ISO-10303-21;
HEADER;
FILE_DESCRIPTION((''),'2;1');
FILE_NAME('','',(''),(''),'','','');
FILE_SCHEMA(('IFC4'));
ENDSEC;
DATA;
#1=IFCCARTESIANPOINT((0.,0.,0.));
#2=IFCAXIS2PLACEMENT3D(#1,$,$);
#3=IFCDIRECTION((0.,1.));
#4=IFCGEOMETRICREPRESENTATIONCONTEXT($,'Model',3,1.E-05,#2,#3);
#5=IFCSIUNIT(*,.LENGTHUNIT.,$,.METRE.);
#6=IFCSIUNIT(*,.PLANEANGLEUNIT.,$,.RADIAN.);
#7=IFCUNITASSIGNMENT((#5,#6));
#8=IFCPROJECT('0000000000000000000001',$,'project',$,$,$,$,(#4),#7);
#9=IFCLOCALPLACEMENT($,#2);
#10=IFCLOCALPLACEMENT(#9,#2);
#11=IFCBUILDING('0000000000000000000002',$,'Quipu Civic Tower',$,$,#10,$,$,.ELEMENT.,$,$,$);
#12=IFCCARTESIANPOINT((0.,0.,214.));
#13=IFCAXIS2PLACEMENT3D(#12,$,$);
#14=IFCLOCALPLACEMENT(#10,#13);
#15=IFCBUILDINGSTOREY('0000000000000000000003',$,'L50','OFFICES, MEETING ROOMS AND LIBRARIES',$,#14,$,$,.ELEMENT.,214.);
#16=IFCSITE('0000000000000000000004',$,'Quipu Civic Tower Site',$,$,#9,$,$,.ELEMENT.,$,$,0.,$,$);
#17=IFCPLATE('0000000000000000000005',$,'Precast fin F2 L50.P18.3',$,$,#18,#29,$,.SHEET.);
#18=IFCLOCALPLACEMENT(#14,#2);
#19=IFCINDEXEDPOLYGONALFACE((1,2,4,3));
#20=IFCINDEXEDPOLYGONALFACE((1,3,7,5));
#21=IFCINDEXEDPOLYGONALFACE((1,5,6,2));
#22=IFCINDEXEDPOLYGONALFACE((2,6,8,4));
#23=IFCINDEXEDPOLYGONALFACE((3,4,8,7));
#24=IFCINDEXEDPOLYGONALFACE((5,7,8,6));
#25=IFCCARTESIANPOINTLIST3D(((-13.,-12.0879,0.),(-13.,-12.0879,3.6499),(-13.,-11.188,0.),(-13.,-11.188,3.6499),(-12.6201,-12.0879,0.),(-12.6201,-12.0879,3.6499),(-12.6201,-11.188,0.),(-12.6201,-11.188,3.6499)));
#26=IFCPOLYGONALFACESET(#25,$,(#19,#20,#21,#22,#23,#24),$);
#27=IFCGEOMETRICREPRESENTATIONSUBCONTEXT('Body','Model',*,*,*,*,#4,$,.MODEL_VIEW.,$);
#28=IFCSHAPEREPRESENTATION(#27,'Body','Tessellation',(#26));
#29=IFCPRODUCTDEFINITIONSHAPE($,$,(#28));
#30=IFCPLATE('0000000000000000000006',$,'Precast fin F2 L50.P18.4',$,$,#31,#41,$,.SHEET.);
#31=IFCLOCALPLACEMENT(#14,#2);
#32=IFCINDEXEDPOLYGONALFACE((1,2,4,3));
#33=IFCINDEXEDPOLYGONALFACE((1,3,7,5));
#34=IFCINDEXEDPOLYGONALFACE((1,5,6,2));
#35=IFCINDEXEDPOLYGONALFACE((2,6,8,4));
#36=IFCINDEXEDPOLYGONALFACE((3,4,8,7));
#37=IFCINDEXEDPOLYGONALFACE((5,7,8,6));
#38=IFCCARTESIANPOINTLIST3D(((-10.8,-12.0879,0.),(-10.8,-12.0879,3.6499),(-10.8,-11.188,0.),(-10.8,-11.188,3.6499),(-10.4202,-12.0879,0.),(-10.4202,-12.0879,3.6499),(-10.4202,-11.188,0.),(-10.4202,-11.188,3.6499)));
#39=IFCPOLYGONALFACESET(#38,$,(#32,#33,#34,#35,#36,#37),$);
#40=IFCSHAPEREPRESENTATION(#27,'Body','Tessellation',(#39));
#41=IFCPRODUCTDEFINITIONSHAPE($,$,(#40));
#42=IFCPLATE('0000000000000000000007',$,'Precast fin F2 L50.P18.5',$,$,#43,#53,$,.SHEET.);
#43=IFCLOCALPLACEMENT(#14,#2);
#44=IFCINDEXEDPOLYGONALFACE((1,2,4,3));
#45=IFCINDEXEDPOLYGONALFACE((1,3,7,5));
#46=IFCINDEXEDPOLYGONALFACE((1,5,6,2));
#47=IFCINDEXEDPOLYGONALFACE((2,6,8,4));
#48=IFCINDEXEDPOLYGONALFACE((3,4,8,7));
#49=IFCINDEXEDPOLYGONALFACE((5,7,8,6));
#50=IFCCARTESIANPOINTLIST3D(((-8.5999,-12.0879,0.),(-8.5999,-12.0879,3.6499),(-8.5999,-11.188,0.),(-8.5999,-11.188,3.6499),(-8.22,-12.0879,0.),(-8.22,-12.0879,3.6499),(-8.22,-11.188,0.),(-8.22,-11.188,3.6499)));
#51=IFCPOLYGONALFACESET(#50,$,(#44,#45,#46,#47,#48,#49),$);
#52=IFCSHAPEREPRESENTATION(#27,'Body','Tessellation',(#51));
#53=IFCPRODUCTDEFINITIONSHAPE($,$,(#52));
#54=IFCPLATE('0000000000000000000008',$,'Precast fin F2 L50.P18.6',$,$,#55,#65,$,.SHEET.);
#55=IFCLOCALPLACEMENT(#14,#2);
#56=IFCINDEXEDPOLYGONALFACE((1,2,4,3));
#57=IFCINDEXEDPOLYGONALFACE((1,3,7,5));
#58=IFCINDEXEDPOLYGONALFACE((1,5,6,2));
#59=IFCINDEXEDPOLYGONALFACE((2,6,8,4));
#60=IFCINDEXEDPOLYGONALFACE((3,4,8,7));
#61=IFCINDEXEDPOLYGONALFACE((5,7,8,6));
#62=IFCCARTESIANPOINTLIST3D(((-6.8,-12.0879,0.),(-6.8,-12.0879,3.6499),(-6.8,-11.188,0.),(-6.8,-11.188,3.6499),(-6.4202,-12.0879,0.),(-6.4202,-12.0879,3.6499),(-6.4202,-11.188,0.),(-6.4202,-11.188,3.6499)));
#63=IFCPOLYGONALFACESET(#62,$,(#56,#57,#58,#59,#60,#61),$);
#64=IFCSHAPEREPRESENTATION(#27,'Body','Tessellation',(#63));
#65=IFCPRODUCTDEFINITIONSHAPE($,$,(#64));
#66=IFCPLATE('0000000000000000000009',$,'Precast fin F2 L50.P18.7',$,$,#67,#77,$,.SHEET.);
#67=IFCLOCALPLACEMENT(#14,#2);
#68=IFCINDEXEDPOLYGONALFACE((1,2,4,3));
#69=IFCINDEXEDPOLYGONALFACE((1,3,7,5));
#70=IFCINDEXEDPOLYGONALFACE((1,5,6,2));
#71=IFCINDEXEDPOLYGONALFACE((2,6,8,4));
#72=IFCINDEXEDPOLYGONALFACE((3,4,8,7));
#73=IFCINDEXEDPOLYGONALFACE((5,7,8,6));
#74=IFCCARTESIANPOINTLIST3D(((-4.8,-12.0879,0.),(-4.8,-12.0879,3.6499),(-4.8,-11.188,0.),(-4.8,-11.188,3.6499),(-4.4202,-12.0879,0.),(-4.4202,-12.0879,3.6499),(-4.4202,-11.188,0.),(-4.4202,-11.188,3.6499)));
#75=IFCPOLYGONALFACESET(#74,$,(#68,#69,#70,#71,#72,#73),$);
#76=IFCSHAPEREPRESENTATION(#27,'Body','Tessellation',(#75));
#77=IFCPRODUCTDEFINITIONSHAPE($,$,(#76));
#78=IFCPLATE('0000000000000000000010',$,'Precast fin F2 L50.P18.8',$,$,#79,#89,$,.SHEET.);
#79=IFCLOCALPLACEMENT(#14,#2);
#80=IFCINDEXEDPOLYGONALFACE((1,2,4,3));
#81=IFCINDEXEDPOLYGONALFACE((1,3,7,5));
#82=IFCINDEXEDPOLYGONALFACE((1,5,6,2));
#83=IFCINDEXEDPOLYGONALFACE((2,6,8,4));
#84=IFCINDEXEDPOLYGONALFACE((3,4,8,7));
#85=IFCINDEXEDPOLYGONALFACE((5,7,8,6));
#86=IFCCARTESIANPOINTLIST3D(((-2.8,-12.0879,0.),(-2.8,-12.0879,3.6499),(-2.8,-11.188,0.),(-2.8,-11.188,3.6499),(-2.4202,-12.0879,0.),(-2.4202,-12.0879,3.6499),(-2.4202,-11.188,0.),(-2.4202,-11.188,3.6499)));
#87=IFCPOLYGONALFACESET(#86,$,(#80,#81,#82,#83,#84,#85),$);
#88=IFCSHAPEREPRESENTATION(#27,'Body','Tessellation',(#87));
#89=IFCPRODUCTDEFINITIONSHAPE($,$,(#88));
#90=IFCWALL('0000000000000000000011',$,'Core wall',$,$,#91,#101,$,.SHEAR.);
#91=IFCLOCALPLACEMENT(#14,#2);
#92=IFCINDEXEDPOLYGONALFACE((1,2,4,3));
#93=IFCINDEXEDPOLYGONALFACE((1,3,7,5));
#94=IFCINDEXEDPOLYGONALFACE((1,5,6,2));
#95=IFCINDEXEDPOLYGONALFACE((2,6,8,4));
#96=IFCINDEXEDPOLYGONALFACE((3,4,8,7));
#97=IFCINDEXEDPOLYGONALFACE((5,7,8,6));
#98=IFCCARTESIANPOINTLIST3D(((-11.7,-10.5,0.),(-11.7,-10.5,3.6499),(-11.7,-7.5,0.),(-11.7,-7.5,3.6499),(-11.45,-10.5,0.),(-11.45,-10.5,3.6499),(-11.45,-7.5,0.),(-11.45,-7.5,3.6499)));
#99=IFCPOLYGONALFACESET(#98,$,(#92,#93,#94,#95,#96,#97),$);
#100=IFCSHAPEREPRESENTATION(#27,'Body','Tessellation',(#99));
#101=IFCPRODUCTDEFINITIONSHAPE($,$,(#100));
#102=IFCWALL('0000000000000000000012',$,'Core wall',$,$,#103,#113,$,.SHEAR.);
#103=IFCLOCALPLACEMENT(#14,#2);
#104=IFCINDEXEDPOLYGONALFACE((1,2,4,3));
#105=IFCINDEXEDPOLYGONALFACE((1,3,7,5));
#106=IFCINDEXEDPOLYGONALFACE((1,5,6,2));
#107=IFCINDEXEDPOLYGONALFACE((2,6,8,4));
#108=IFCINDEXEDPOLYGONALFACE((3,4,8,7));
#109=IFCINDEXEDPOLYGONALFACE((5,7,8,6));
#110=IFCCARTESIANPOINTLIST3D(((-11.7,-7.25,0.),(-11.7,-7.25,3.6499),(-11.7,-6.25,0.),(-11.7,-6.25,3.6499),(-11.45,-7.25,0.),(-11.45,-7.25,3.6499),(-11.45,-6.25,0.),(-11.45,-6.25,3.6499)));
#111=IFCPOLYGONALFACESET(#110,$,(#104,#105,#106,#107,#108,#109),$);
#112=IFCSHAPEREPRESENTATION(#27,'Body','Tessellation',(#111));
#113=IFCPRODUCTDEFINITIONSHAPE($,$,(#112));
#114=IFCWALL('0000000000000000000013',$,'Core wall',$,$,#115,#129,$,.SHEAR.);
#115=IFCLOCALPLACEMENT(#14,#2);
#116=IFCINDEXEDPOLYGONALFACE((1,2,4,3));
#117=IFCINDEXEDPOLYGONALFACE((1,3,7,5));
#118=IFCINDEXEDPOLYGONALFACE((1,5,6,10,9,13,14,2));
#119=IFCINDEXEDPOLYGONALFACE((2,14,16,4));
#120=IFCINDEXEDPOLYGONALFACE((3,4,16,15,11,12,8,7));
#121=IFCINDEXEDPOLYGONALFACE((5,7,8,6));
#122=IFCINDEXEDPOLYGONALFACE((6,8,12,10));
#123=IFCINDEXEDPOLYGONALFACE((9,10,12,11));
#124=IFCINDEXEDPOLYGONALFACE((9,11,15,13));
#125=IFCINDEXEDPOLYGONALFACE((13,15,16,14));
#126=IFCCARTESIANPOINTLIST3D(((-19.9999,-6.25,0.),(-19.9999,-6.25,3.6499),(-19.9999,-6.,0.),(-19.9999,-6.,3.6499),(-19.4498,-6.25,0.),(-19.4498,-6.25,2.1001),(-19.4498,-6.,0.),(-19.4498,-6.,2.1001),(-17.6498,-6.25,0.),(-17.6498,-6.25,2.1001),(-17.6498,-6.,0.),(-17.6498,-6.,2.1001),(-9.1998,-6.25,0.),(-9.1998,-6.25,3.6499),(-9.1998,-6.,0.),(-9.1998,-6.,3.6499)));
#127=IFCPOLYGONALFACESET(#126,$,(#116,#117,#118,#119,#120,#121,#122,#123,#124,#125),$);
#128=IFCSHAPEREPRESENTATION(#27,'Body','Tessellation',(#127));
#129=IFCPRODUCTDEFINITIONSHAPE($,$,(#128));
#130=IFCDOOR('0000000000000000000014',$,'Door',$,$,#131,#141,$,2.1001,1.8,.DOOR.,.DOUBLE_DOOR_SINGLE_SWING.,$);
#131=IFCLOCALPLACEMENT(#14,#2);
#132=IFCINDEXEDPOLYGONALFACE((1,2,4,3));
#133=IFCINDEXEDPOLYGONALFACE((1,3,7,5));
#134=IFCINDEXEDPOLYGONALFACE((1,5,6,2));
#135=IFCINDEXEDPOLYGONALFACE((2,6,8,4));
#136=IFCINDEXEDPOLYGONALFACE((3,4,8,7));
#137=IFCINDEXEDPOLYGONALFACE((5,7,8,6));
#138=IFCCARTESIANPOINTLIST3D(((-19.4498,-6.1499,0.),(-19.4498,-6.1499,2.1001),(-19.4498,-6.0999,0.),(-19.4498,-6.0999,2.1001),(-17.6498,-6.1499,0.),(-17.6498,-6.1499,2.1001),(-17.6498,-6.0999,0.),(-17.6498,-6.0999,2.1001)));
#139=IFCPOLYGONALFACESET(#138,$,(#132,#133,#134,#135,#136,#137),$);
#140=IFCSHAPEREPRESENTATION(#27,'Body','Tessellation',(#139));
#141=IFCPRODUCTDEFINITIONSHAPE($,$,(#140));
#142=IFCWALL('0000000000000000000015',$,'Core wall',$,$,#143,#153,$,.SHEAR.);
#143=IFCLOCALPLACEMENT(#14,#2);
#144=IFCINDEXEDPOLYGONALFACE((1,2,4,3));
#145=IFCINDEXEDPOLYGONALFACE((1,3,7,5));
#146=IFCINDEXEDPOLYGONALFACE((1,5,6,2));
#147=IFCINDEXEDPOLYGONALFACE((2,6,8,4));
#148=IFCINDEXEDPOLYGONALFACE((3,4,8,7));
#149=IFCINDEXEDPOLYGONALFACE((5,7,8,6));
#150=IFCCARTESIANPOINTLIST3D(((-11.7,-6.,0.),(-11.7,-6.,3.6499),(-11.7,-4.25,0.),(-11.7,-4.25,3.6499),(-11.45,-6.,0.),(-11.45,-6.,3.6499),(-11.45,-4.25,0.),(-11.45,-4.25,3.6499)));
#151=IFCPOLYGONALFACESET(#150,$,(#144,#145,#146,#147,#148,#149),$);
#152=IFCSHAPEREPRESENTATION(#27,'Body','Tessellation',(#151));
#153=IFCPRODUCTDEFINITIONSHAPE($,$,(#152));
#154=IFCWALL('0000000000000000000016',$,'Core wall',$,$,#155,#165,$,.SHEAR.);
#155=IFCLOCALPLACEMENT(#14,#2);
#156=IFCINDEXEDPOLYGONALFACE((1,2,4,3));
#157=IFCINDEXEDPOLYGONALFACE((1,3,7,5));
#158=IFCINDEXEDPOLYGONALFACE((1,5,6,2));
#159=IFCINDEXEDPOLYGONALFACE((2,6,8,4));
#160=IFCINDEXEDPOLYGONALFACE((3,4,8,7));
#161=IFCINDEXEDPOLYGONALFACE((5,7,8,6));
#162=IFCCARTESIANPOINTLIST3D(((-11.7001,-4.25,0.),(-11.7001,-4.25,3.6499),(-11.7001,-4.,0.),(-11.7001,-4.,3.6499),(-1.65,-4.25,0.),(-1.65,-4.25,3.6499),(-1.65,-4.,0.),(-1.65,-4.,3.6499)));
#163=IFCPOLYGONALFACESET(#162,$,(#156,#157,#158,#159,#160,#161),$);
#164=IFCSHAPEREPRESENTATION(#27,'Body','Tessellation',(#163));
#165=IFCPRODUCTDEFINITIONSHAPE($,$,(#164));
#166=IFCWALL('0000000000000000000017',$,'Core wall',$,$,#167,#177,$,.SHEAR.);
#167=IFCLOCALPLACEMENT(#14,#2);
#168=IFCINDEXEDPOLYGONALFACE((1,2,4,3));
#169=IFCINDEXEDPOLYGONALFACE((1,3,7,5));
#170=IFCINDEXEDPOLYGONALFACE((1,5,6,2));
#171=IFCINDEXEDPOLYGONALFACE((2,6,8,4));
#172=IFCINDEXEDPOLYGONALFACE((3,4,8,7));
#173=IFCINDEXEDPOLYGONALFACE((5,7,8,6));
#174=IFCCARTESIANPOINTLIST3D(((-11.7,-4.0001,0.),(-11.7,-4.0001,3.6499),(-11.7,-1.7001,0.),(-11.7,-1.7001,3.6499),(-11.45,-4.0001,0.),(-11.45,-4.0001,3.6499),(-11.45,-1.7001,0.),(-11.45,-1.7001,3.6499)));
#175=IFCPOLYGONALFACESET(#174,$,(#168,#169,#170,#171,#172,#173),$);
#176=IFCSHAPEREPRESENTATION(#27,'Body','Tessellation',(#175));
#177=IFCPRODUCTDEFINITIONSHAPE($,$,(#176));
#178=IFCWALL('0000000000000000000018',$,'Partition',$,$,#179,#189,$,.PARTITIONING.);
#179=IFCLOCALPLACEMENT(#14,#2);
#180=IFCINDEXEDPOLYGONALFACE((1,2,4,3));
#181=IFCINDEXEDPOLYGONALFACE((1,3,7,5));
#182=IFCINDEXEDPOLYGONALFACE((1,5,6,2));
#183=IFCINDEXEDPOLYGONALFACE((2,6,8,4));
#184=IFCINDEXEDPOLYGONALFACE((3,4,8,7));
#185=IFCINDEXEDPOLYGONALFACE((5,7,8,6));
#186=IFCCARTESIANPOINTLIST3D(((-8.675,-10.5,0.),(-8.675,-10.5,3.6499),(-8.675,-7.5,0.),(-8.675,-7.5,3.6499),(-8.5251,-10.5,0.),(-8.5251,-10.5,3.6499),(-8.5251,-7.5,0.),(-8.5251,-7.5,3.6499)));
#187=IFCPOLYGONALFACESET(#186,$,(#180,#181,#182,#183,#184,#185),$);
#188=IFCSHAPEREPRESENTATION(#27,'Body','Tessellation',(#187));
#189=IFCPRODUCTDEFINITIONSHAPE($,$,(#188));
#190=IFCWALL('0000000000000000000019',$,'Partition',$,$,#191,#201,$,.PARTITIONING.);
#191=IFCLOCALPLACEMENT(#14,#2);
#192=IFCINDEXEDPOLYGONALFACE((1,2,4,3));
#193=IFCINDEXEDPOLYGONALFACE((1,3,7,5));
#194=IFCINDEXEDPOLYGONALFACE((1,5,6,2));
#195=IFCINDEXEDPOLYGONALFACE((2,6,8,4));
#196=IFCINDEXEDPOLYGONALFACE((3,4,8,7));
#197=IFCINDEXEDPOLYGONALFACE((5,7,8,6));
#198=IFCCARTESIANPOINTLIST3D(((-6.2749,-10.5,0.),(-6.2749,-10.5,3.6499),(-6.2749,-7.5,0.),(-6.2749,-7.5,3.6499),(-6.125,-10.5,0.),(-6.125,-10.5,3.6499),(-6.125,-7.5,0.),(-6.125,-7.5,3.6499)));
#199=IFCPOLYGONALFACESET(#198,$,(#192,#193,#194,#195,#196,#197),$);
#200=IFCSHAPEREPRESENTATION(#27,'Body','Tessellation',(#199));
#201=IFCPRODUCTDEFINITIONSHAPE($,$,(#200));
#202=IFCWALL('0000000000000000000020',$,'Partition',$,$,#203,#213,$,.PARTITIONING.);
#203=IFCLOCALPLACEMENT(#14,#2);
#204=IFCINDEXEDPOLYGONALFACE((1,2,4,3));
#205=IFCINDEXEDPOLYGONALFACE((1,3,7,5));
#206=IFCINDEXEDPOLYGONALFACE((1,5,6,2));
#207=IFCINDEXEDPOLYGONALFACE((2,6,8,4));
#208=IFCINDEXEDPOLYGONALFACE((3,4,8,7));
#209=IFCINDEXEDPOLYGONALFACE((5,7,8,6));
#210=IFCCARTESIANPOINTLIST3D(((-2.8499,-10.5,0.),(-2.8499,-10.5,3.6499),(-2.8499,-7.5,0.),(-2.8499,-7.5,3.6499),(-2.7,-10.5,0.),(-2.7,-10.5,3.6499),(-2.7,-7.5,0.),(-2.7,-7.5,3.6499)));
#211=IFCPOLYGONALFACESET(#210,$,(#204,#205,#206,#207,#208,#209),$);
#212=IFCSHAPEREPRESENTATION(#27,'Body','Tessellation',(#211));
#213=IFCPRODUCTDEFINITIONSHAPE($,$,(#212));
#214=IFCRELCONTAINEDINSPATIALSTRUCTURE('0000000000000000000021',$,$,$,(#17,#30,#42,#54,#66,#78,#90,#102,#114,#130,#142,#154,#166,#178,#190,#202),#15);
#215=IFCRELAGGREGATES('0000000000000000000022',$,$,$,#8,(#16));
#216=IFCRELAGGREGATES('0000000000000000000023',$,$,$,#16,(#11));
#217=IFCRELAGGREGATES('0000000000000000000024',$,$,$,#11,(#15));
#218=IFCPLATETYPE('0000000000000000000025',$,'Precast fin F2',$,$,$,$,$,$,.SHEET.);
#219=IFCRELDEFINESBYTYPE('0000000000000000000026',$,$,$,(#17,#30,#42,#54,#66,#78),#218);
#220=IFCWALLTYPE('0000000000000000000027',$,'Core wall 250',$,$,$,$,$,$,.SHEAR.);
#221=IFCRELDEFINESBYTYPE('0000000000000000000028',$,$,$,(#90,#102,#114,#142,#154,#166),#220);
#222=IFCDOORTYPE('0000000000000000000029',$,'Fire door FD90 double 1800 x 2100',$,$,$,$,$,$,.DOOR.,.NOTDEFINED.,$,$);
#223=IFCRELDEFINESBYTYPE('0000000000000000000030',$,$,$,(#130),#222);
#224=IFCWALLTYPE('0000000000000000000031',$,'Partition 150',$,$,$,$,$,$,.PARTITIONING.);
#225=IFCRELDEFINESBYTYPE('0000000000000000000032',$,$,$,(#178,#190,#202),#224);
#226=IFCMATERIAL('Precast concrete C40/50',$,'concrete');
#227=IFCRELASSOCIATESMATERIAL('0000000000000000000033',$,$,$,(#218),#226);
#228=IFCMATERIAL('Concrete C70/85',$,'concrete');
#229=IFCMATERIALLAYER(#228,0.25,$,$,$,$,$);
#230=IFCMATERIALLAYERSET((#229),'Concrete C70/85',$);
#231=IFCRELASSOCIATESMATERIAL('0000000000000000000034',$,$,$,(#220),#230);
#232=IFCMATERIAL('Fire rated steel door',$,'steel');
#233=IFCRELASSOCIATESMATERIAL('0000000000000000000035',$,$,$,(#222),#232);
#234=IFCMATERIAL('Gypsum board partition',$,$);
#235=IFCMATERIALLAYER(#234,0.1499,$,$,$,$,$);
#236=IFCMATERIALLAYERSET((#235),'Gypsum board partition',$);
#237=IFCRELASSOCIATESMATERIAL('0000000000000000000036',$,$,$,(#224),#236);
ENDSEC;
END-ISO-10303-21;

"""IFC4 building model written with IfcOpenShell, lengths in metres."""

from ifc_helpers import new_model, si_unit, direction, frame, frame_2d, origin, origin_2d, place, context, subcontext, project, spatial, rectangle, extrude, material, layer, layer_set, type_object, element, fill, save


model = new_model("IFC4")

# Units and contexts
model_context = context("Model", 3, precision=1e-05, world=origin(), true_north=direction((0.0, 1.0)))
body_context = subcontext(model_context, "Body", "Model", "MODEL_VIEW")
ifc_project = project(units=[si_unit("LENGTHUNIT", "METRE"), si_unit("PLANEANGLEUNIT", "RADIAN")], contexts=[model_context])

# Site, building, storey
site_placement = place(None, origin())
site = spatial("IfcSite", under=ifc_project, at=site_placement, Name="Quipu Civic Tower Site", CompositionType="ELEMENT", RefElevation=0.0)
building_placement = place(site_placement, origin())
building = spatial("IfcBuilding", under=site, at=building_placement, Name="Quipu Civic Tower", CompositionType="ELEMENT")
storey_placement = place(building_placement, frame((0.0, 0.0, 214.0)))
storey = spatial("IfcBuildingStorey", under=building, at=storey_placement, Name="L50", Description="OFFICES, MEETING ROOMS AND LIBRARIES", CompositionType="ELEMENT", Elevation=214.0)

# Plates
ifc_material_1 = material(Name="Precast concrete C40/50", Category="concrete")
plate_type = type_object("IfcPlateType", Name="Precast fin F2", PredefinedType="SHEET", material=ifc_material_1)
for number, where, z_axis, x_axis, name in (
    (1, (-12.8101, -11.6379, 0.0), (0.0, 0.0, 1.0), (1.0, 0.0, 0.0), "Precast fin F2 L50.P18.3"),
    (2, (-10.6101, -11.6379, 0.0), (0.0, 0.0, 1.0), (1.0, 0.0, 0.0), "Precast fin F2 L50.P18.4"),
    (3, (-8.4099, -11.6379, 0.0), (0.0, 0.0, 1.0), (1.0, 0.0, 0.0), "Precast fin F2 L50.P18.5"),
    (4, (-6.6101, -11.6379, 0.0), (0.0, 0.0, 1.0), (1.0, 0.0, 0.0), "Precast fin F2 L50.P18.6"),
    (5, (-4.6101, -11.6379, 0.0), (0.0, 0.0, 1.0), (1.0, 0.0, 0.0), "Precast fin F2 L50.P18.7"),
    (6, (-2.6101, -11.6379, 0.0), (0.0, 0.0, 1.0), (1.0, 0.0, 0.0), "Precast fin F2 L50.P18.8"),
):
    element("IfcPlate", number, at=place(storey_placement, frame(where, z_axis=z_axis, x_axis=x_axis)), inside=storey, type_object=plate_type, Name=name, PredefinedType="SHEET", context=body_context, shape_type="SweptSolid", body=[
        extrude(rectangle(XDim=0.3799, YDim=0.8999, at=origin_2d()), origin(), (0.0, 0.0, 1.0), 3.6499),
    ])

# Walls
ifc_material_2 = material(Name="Concrete C70/85", Category="concrete")
ifc_layer_1 = layer(ifc_material_2, 0.25)
ifc_layer_set_1 = layer_set([ifc_layer_1], Name="Concrete C70/85")
wall_type_1 = type_object("IfcWallType", Name="Core wall 250", PredefinedType="SHEAR", material=ifc_layer_set_1)
wall_1_placement = place(storey_placement, frame((-11.575, -10.5, 0.0), z_axis=(0.0, 0.0, 1.0), x_axis=(0.0, 1.0, 0.0)))
element("IfcWall", 7, at=wall_1_placement, inside=storey, type_object=wall_type_1, Name="Core wall", PredefinedType="SHEAR", context=body_context, shape_type="SweptSolid", body=[
    extrude(rectangle(XDim=3.0, YDim=0.25, at=frame_2d((1.5, 0.0))), origin(), (0.0, 0.0, 1.0), 3.6499),
])
wall_2_placement = place(storey_placement, frame((-11.575, -7.25, 0.0), z_axis=(0.0, 0.0, 1.0), x_axis=(0.0, 1.0, 0.0)))
element("IfcWall", 8, at=wall_2_placement, inside=storey, type_object=wall_type_1, Name="Core wall", PredefinedType="SHEAR", context=body_context, shape_type="SweptSolid", body=[
    extrude(rectangle(XDim=1.0, YDim=0.25, at=frame_2d((0.5, 0.0))), origin(), (0.0, 0.0, 1.0), 3.6499),
])

# Wall, opening, door
wall_3_placement = place(storey_placement, frame((-9.2, -6.125, 0.0), z_axis=(0.0, 0.0, 1.0), x_axis=(-1.0, 0.0, 0.0)))
wall_3 = element("IfcWall", 9, at=wall_3_placement, inside=storey, type_object=wall_type_1, Name="Core wall", PredefinedType="SHEAR", context=body_context, shape_type="SweptSolid", body=[
    extrude(rectangle(XDim=10.8, YDim=0.25, at=frame_2d((5.3999, 0.0))), origin(), (0.0, 0.0, 1.0), 3.6499),
])
opening_1_placement = place(wall_3_placement, frame((8.45, 0.0, 0.0)))
opening_1 = element("IfcOpeningElement", 10, at=opening_1_placement, cuts=wall_3, PredefinedType="OPENING", context=body_context, shape_type="SweptSolid", body=[
    extrude(rectangle(XDim=1.8, YDim=2.1001, at=frame_2d((0.8999, 1.05))), frame((0.0, 0.135, 0.0), z_axis=(0.0, -1.0, 0.0), x_axis=(1.0, 0.0, 0.0)), (0.0, 0.0, 1.0), 0.27),
])
ifc_material_3 = material(Name="Fire rated steel door", Category="steel")
door_type_1 = type_object("IfcDoorType", Name="Fire door FD90 double 1800 x 2100", OperationType="NOTDEFINED", PredefinedType="DOOR", material=ifc_material_3)
door_1_placement = place(opening_1_placement, origin())
door_1 = element("IfcDoor", 11, at=door_1_placement, inside=storey, type_object=door_type_1, Name="Door", OperationType="DOUBLE_DOOR_SINGLE_SWING", OverallHeight=2.1001, OverallWidth=1.8, PredefinedType="DOOR", context=body_context, shape_type="SweptSolid", body=[
    extrude(rectangle(XDim=1.8, YDim=2.1001, at=frame_2d((0.8999, 1.05))), frame((0.0, 0.0249, 0.0), z_axis=(0.0, -1.0, 0.0), x_axis=(1.0, 0.0, 0.0)), (0.0, 0.0, 1.0), 0.05),
])
fill(opening_1, door_1)

# Walls
wall_4_placement = place(storey_placement, frame((-11.575, -6.0, 0.0), z_axis=(0.0, 0.0, 1.0), x_axis=(0.0, 1.0, 0.0)))
element("IfcWall", 12, at=wall_4_placement, inside=storey, type_object=wall_type_1, Name="Core wall", PredefinedType="SHEAR", context=body_context, shape_type="SweptSolid", body=[
    extrude(rectangle(XDim=1.75, YDim=0.25, at=frame_2d((0.875, 0.0))), origin(), (0.0, 0.0, 1.0), 3.6499),
])
wall_5_placement = place(storey_placement, frame((-11.7, -4.125, 0.0), z_axis=(0.0, 0.0, 1.0), x_axis=(1.0, 0.0, 0.0)))
element("IfcWall", 13, at=wall_5_placement, inside=storey, type_object=wall_type_1, Name="Core wall", PredefinedType="SHEAR", context=body_context, shape_type="SweptSolid", body=[
    extrude(rectangle(XDim=10.05, YDim=0.25, at=frame_2d((5.0249, 0.0))), origin(), (0.0, 0.0, 1.0), 3.6499),
])
wall_6_placement = place(storey_placement, frame((-11.575, -4.0, 0.0), z_axis=(0.0, 0.0, 1.0), x_axis=(0.0, 1.0, 0.0)))
element("IfcWall", 14, at=wall_6_placement, inside=storey, type_object=wall_type_1, Name="Core wall", PredefinedType="SHEAR", context=body_context, shape_type="SweptSolid", body=[
    extrude(rectangle(XDim=2.3, YDim=0.25, at=frame_2d((1.1499, 0.0))), origin(), (0.0, 0.0, 1.0), 3.6499),
])
ifc_material_4 = material(Name="Gypsum board partition")
ifc_layer_2 = layer(ifc_material_4, 0.1499)
ifc_layer_set_2 = layer_set([ifc_layer_2], Name="Gypsum board partition")
wall_type_2 = type_object("IfcWallType", Name="Partition 150", PredefinedType="PARTITIONING", material=ifc_layer_set_2)
for number, where, z_axis, x_axis, name in (
    (15, (-8.6001, -10.5, 0.0), (0.0, 0.0, 1.0), (0.0, 1.0, 0.0), "Partition"),
    (16, (-6.2, -10.5, 0.0), (0.0, 0.0, 1.0), (0.0, 1.0, 0.0), "Partition"),
    (17, (-2.7749, -10.5, 0.0), (0.0, 0.0, 1.0), (0.0, 1.0, 0.0), "Partition"),
):
    element("IfcWall", number, at=place(storey_placement, frame(where, z_axis=z_axis, x_axis=x_axis)), inside=storey, type_object=wall_type_2, Name=name, PredefinedType="PARTITIONING", context=body_context, shape_type="SweptSolid", body=[
        extrude(rectangle(XDim=3.0, YDim=0.1499, at=frame_2d((1.5, 0.0))), origin(), (0.0, 0.0, 1.0), 3.6499),
    ])

save(model, "model.ifc")
